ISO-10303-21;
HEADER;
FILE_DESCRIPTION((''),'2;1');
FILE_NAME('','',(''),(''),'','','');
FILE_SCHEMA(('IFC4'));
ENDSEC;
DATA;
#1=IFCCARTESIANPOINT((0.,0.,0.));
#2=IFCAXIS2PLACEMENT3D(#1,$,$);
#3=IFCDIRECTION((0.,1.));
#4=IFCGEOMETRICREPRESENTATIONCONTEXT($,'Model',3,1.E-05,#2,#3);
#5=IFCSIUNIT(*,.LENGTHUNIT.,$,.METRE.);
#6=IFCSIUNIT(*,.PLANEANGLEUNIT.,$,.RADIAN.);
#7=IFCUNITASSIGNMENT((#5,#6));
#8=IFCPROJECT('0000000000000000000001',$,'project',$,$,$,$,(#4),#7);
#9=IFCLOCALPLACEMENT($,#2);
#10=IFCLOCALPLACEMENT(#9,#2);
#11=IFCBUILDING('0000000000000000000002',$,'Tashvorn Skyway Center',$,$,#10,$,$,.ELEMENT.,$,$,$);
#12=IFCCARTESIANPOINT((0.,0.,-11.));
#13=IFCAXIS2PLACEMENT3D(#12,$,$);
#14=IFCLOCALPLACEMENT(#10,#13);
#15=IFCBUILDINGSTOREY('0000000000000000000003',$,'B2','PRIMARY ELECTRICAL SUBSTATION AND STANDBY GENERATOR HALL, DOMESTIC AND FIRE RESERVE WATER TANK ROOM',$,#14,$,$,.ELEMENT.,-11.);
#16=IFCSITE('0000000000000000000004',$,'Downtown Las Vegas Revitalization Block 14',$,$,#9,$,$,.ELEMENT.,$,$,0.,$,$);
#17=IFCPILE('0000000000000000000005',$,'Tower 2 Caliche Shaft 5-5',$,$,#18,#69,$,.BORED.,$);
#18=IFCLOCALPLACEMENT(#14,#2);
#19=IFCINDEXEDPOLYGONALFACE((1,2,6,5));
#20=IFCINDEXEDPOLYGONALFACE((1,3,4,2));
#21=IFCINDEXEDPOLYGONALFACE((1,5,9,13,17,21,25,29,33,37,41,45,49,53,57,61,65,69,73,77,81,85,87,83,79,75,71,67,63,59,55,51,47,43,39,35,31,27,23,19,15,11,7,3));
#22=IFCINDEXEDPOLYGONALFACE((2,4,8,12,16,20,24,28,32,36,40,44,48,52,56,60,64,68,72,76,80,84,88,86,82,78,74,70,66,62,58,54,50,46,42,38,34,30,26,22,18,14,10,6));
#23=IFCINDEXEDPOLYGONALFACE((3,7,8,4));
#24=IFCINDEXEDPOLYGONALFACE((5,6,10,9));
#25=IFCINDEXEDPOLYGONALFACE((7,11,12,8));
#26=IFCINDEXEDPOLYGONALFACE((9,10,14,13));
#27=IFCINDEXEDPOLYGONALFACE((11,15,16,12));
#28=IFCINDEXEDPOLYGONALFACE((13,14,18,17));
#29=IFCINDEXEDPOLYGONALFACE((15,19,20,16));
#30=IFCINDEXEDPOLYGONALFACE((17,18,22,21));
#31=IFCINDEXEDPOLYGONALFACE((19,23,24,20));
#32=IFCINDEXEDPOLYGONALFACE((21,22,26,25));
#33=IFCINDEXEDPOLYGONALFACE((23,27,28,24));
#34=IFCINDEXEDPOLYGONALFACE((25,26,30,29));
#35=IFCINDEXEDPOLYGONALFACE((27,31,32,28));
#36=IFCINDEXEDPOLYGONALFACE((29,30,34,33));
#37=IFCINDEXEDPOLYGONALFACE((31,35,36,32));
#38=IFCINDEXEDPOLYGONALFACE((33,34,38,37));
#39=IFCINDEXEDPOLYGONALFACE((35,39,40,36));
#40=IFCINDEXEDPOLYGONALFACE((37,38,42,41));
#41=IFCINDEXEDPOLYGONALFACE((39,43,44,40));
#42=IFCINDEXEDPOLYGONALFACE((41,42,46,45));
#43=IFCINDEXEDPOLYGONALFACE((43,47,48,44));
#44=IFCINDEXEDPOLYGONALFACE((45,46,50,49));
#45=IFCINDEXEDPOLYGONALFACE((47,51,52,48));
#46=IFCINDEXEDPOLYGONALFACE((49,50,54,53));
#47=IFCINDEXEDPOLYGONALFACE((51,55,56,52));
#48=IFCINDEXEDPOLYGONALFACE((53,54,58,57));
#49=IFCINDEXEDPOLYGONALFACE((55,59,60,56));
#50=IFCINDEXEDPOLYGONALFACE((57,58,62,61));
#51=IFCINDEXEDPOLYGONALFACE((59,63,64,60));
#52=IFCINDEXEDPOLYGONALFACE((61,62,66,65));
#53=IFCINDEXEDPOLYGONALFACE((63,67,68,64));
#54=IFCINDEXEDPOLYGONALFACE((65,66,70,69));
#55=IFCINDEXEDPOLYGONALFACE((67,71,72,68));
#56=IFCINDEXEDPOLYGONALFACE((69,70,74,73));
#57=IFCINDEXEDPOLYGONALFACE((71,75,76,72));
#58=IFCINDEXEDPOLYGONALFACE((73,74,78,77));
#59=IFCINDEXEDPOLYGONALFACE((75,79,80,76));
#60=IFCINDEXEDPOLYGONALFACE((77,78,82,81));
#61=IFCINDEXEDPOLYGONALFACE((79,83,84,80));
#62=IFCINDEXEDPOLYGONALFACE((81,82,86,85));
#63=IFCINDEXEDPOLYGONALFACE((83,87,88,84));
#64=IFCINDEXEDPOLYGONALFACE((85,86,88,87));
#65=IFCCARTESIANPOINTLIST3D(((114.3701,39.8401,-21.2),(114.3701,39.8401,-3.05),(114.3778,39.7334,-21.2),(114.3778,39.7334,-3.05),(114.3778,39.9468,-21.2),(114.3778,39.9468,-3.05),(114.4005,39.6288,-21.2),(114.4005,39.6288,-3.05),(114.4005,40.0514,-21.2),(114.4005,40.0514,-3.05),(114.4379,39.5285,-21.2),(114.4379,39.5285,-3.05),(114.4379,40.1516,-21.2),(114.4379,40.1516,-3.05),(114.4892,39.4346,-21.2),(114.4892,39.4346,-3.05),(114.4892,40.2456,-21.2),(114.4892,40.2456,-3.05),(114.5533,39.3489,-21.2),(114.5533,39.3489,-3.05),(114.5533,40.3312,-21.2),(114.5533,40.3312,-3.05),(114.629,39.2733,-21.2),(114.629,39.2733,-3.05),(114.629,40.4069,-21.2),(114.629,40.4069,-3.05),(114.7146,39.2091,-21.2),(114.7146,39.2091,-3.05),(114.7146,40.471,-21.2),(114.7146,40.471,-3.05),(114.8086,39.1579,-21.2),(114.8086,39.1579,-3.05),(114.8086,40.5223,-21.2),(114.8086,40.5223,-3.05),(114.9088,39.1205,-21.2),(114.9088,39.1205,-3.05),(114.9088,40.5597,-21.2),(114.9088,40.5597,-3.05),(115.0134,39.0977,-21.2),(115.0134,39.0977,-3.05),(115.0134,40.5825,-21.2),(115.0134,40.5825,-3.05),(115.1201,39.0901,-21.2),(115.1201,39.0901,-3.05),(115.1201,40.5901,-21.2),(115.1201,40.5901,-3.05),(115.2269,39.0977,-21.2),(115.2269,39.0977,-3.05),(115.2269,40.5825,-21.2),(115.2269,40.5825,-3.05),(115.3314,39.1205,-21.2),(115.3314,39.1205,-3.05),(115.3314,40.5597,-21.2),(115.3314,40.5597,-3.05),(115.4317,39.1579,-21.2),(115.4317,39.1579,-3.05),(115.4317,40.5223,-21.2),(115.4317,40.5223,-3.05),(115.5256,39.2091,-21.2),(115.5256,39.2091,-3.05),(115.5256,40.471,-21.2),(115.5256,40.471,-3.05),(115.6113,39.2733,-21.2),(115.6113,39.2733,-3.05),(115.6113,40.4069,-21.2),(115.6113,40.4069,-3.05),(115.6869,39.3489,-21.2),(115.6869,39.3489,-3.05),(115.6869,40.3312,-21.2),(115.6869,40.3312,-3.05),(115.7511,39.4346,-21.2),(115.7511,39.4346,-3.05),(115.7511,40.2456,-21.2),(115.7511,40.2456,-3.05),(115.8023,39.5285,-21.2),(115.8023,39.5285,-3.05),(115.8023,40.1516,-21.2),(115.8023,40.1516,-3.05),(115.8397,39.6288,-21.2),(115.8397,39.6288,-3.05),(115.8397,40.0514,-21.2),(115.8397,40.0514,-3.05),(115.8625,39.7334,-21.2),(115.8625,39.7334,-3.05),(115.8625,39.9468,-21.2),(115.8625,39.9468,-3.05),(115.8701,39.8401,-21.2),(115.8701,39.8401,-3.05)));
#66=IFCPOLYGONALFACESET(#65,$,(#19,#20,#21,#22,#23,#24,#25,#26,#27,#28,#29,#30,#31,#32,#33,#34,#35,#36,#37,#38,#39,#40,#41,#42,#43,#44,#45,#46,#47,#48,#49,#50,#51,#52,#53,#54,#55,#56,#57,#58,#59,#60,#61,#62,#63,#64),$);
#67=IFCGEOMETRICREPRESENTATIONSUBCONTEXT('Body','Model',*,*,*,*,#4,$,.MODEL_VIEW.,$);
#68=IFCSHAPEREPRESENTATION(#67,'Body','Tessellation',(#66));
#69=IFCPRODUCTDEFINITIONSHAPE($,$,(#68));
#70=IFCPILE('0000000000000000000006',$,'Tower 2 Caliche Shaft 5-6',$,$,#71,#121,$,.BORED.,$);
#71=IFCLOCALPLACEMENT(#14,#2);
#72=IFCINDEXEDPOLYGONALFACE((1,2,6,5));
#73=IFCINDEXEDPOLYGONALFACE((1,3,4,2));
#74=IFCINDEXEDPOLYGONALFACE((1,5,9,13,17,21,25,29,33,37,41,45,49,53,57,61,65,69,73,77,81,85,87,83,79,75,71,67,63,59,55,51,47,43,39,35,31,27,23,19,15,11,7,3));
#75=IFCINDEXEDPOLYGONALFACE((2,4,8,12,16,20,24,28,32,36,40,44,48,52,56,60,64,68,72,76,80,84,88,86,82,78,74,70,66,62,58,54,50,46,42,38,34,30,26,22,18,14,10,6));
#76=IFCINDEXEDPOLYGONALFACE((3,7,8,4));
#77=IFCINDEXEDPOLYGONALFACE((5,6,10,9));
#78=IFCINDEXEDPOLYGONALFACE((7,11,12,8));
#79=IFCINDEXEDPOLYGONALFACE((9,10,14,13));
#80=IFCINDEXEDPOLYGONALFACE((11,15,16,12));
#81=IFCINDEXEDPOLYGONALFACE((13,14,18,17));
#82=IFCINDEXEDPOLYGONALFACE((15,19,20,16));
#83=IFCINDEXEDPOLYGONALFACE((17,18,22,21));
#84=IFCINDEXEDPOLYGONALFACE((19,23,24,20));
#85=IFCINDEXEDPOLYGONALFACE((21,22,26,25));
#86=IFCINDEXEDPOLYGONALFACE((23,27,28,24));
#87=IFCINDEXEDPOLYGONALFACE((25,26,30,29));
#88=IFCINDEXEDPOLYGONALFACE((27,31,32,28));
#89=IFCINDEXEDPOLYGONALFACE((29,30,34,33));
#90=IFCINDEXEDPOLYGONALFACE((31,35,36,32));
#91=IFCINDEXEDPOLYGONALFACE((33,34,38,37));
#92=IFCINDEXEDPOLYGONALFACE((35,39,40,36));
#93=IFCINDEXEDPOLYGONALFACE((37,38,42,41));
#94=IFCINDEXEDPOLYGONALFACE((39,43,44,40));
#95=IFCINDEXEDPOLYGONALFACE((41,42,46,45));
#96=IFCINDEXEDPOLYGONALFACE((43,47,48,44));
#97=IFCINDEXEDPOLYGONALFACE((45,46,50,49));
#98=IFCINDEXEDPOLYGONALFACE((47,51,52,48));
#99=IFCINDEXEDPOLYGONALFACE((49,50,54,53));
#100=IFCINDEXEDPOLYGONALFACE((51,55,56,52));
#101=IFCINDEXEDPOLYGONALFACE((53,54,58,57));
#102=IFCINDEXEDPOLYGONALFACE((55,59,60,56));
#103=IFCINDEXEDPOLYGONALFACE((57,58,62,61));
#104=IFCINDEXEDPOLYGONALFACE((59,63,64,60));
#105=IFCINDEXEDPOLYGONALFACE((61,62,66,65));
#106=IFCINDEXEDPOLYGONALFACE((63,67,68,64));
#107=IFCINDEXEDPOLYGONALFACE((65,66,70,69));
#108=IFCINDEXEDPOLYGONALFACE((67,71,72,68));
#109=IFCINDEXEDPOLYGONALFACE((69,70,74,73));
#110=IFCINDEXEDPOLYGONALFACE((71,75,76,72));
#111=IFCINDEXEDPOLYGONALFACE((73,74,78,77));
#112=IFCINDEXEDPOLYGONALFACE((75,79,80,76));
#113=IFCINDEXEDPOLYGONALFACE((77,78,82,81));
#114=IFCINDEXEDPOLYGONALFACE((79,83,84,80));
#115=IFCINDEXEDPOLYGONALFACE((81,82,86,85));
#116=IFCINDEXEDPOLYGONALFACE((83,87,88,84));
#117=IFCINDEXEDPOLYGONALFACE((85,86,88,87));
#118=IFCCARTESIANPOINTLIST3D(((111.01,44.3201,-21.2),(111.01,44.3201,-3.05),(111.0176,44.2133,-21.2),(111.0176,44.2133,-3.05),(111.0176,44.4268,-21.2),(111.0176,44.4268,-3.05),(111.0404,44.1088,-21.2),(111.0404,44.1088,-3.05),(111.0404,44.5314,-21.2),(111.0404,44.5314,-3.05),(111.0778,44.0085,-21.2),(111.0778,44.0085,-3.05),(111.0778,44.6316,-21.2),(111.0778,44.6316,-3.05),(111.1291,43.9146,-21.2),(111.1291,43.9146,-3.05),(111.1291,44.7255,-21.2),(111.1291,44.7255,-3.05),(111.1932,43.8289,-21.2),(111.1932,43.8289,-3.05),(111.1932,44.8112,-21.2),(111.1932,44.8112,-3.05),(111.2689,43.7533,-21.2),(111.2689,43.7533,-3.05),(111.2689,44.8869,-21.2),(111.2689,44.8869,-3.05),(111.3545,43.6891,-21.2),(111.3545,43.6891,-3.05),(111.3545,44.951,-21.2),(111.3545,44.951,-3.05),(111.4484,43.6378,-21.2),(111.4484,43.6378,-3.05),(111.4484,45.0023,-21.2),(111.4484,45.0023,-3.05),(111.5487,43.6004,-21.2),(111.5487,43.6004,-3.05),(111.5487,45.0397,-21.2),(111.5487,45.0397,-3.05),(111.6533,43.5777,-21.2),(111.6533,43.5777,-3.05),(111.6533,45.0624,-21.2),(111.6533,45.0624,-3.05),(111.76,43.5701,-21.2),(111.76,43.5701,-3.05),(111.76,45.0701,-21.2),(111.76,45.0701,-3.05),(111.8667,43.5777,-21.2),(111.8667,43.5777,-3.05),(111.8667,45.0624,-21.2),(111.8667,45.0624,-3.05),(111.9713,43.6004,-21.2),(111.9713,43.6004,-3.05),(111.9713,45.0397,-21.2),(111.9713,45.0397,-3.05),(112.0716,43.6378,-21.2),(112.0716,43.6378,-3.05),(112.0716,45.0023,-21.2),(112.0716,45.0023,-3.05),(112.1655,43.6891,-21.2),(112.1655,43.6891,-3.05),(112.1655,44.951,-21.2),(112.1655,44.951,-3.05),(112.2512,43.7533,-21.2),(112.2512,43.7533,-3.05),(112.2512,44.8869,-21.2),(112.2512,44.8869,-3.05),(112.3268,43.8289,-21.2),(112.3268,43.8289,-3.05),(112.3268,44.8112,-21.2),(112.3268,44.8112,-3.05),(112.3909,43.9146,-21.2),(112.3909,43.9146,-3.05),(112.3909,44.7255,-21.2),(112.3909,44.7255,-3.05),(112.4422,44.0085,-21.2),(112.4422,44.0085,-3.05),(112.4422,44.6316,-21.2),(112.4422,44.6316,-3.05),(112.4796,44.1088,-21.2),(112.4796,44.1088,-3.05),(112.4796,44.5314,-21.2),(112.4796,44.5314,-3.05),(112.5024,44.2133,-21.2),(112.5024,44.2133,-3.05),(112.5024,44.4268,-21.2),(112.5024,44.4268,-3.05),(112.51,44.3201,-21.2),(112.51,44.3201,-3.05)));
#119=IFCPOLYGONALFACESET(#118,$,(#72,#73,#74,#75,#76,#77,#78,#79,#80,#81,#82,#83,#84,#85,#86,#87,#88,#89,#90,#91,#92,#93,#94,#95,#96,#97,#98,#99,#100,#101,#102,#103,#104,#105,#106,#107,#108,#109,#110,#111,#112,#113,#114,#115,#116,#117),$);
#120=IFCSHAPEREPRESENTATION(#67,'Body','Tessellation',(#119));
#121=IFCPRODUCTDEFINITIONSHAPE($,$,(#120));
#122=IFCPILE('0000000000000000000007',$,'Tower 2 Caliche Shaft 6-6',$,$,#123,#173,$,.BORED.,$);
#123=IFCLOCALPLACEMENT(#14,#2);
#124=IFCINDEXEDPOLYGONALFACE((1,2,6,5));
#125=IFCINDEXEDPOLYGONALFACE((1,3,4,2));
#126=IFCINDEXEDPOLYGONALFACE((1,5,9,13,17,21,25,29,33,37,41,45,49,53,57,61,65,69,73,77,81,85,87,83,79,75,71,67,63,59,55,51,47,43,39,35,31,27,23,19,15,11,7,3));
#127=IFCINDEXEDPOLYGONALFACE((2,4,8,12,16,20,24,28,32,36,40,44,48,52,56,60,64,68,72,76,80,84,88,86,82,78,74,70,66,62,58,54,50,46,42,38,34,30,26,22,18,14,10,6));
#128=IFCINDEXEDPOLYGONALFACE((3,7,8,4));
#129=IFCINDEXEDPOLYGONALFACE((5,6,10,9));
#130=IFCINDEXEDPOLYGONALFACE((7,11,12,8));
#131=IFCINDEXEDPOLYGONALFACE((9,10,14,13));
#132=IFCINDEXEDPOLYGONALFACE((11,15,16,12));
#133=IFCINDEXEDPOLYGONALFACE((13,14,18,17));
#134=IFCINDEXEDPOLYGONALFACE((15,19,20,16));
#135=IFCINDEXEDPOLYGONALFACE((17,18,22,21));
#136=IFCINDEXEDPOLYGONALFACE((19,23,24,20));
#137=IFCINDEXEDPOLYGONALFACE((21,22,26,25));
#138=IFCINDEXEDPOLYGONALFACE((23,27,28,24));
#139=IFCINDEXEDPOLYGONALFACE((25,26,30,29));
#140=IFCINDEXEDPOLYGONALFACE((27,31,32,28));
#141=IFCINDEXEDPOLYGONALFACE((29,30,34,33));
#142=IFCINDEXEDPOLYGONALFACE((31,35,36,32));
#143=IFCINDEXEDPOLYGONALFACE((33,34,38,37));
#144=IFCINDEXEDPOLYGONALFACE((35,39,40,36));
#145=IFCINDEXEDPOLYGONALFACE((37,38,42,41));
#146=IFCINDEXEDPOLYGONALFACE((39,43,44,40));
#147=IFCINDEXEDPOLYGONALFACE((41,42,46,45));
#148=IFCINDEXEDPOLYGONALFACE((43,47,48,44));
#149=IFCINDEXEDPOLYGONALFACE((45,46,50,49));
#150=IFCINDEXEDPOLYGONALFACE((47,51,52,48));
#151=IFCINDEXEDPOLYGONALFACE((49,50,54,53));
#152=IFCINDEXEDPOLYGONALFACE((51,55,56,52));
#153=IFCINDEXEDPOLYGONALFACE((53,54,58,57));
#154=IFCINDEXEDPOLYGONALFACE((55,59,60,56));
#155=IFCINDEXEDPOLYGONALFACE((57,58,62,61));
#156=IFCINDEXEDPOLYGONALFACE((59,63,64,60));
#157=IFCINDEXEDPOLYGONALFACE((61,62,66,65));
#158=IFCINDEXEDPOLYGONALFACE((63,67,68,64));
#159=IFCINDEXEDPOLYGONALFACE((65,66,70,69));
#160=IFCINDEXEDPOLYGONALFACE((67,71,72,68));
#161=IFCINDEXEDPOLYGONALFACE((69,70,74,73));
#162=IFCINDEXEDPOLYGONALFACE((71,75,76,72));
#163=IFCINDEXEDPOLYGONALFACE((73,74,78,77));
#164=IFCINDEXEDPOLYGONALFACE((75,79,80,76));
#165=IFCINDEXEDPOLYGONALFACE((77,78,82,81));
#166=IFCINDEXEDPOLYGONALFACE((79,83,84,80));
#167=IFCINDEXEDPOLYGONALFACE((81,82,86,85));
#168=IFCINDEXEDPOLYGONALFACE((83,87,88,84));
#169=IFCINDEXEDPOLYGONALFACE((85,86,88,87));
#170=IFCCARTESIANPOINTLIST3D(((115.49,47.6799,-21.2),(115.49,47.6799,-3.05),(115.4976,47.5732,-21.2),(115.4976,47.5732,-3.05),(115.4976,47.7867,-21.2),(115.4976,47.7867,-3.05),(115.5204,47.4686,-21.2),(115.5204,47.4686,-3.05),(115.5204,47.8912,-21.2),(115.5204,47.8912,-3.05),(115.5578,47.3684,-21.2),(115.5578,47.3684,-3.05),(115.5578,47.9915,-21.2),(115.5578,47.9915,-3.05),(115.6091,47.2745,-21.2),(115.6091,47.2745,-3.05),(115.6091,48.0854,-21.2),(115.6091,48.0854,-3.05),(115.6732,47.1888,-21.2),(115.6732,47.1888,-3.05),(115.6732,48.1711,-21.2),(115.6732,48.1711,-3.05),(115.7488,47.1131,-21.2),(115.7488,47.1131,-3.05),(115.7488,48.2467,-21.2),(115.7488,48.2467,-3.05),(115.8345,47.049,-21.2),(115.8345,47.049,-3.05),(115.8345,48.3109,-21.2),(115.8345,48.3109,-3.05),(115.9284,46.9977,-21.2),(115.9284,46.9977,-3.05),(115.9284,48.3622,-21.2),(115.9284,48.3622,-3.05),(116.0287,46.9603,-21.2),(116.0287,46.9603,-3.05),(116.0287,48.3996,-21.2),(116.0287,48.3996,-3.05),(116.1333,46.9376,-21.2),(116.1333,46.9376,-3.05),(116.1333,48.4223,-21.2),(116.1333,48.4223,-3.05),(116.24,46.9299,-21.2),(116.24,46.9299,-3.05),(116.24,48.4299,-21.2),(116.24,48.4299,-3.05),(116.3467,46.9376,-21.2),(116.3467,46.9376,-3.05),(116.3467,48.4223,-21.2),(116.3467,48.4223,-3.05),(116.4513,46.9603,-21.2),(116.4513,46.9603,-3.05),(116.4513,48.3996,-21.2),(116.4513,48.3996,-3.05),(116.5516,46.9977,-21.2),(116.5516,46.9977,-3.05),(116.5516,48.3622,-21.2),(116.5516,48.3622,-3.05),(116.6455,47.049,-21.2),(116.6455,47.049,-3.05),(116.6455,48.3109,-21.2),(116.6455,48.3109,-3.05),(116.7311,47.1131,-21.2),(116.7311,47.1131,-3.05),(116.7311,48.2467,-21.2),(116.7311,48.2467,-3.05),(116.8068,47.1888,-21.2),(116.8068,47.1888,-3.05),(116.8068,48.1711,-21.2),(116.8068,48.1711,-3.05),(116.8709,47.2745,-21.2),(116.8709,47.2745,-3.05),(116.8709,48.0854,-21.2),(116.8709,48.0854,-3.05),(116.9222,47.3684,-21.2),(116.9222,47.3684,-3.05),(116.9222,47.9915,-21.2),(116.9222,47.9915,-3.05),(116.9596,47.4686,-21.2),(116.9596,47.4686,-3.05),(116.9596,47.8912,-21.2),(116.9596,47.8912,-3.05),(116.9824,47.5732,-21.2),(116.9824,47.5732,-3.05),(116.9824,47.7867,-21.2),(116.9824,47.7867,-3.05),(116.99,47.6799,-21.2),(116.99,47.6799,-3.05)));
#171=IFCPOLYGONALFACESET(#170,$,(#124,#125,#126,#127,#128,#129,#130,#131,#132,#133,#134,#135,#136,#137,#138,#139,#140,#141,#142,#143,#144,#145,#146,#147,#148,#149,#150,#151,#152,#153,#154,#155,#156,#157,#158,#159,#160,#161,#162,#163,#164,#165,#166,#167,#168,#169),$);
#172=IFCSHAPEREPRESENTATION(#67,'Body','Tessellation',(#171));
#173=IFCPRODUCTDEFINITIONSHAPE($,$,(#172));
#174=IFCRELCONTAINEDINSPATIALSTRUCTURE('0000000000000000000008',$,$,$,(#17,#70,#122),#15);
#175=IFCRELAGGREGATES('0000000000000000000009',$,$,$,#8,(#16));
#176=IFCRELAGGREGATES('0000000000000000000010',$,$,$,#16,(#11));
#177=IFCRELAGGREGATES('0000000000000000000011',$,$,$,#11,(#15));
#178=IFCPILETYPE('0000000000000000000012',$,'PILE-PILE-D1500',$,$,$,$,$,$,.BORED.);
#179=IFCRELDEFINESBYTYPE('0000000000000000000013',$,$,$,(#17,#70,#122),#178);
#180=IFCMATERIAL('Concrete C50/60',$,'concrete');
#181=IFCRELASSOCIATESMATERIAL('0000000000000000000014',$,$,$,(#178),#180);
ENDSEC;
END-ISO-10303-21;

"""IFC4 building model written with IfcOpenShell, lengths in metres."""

from ifc_helpers import new_model, si_unit, direction, frame, origin, origin_2d, place, context, subcontext, project, spatial, circle, extrude, material, material_profile, profile_set, type_object, element, save


model = new_model("IFC4")

# Units and contexts
model_context = context("Model", 3, precision=1e-05, world=origin(), true_north=direction((0.0, 1.0)))
body_context = subcontext(model_context, "Body", "Model", "MODEL_VIEW")
ifc_project = project(units=[si_unit("LENGTHUNIT", "METRE"), si_unit("PLANEANGLEUNIT", "RADIAN")], contexts=[model_context])

# Site, building, storey
site_placement = place(None, origin())
site = spatial("IfcSite", under=ifc_project, at=site_placement, Name="Downtown Las Vegas Revitalization Block 14", CompositionType="ELEMENT", RefElevation=0.0)
building_placement = place(site_placement, origin())
building = spatial("IfcBuilding", under=site, at=building_placement, Name="Tashvorn Skyway Center", CompositionType="ELEMENT")
storey_placement = place(building_placement, frame((0.0, 0.0, -11.0)))
storey = spatial("IfcBuildingStorey", under=building, at=storey_placement, Name="B2", Description="PRIMARY ELECTRICAL SUBSTATION AND STANDBY GENERATOR HALL, DOMESTIC AND FIRE RESERVE WATER TANK ROOM", CompositionType="ELEMENT", Elevation=-11.0)

# Piles
ifc_material_1 = material(Name="Concrete C50/60", Category="concrete")
ifc_material_profile_1 = material_profile(ifc_material_1, circle(Radius=0.75, at=origin_2d()), Name="PILE-D1500")
ifc_profile_set_1 = profile_set([ifc_material_profile_1], Name="Concrete C50/60")
pile_type = type_object("IfcPileType", Name="PILE-PILE-D1500", PredefinedType="BORED", material=ifc_profile_set_1)
for number, where, z_axis, x_axis, name in (
    (1, (115.1201, 39.8401, -3.05), (0.0, 0.0, -1.0), (1.0, 0.0, 0.0), "Tower 2 Caliche Shaft 5-5"),
    (2, (111.76, 44.3201, -3.05), (0.0, 0.0, -1.0), (1.0, 0.0, 0.0), "Tower 2 Caliche Shaft 5-6"),
    (3, (116.24, 47.6799, -3.05), (0.0, 0.0, -1.0), (1.0, 0.0, 0.0), "Tower 2 Caliche Shaft 6-6"),
):
    element("IfcPile", number, at=place(storey_placement, frame(where, z_axis=z_axis, x_axis=x_axis)), inside=storey, type_object=pile_type, Name=name, PredefinedType="BORED", context=body_context, shape_type="SweptSolid", body=[
        extrude(circle(Radius=0.75, at=origin_2d()), origin(), (0.0, 0.0, 1.0), 18.1499),
    ])

save(model, "model.ifc")
